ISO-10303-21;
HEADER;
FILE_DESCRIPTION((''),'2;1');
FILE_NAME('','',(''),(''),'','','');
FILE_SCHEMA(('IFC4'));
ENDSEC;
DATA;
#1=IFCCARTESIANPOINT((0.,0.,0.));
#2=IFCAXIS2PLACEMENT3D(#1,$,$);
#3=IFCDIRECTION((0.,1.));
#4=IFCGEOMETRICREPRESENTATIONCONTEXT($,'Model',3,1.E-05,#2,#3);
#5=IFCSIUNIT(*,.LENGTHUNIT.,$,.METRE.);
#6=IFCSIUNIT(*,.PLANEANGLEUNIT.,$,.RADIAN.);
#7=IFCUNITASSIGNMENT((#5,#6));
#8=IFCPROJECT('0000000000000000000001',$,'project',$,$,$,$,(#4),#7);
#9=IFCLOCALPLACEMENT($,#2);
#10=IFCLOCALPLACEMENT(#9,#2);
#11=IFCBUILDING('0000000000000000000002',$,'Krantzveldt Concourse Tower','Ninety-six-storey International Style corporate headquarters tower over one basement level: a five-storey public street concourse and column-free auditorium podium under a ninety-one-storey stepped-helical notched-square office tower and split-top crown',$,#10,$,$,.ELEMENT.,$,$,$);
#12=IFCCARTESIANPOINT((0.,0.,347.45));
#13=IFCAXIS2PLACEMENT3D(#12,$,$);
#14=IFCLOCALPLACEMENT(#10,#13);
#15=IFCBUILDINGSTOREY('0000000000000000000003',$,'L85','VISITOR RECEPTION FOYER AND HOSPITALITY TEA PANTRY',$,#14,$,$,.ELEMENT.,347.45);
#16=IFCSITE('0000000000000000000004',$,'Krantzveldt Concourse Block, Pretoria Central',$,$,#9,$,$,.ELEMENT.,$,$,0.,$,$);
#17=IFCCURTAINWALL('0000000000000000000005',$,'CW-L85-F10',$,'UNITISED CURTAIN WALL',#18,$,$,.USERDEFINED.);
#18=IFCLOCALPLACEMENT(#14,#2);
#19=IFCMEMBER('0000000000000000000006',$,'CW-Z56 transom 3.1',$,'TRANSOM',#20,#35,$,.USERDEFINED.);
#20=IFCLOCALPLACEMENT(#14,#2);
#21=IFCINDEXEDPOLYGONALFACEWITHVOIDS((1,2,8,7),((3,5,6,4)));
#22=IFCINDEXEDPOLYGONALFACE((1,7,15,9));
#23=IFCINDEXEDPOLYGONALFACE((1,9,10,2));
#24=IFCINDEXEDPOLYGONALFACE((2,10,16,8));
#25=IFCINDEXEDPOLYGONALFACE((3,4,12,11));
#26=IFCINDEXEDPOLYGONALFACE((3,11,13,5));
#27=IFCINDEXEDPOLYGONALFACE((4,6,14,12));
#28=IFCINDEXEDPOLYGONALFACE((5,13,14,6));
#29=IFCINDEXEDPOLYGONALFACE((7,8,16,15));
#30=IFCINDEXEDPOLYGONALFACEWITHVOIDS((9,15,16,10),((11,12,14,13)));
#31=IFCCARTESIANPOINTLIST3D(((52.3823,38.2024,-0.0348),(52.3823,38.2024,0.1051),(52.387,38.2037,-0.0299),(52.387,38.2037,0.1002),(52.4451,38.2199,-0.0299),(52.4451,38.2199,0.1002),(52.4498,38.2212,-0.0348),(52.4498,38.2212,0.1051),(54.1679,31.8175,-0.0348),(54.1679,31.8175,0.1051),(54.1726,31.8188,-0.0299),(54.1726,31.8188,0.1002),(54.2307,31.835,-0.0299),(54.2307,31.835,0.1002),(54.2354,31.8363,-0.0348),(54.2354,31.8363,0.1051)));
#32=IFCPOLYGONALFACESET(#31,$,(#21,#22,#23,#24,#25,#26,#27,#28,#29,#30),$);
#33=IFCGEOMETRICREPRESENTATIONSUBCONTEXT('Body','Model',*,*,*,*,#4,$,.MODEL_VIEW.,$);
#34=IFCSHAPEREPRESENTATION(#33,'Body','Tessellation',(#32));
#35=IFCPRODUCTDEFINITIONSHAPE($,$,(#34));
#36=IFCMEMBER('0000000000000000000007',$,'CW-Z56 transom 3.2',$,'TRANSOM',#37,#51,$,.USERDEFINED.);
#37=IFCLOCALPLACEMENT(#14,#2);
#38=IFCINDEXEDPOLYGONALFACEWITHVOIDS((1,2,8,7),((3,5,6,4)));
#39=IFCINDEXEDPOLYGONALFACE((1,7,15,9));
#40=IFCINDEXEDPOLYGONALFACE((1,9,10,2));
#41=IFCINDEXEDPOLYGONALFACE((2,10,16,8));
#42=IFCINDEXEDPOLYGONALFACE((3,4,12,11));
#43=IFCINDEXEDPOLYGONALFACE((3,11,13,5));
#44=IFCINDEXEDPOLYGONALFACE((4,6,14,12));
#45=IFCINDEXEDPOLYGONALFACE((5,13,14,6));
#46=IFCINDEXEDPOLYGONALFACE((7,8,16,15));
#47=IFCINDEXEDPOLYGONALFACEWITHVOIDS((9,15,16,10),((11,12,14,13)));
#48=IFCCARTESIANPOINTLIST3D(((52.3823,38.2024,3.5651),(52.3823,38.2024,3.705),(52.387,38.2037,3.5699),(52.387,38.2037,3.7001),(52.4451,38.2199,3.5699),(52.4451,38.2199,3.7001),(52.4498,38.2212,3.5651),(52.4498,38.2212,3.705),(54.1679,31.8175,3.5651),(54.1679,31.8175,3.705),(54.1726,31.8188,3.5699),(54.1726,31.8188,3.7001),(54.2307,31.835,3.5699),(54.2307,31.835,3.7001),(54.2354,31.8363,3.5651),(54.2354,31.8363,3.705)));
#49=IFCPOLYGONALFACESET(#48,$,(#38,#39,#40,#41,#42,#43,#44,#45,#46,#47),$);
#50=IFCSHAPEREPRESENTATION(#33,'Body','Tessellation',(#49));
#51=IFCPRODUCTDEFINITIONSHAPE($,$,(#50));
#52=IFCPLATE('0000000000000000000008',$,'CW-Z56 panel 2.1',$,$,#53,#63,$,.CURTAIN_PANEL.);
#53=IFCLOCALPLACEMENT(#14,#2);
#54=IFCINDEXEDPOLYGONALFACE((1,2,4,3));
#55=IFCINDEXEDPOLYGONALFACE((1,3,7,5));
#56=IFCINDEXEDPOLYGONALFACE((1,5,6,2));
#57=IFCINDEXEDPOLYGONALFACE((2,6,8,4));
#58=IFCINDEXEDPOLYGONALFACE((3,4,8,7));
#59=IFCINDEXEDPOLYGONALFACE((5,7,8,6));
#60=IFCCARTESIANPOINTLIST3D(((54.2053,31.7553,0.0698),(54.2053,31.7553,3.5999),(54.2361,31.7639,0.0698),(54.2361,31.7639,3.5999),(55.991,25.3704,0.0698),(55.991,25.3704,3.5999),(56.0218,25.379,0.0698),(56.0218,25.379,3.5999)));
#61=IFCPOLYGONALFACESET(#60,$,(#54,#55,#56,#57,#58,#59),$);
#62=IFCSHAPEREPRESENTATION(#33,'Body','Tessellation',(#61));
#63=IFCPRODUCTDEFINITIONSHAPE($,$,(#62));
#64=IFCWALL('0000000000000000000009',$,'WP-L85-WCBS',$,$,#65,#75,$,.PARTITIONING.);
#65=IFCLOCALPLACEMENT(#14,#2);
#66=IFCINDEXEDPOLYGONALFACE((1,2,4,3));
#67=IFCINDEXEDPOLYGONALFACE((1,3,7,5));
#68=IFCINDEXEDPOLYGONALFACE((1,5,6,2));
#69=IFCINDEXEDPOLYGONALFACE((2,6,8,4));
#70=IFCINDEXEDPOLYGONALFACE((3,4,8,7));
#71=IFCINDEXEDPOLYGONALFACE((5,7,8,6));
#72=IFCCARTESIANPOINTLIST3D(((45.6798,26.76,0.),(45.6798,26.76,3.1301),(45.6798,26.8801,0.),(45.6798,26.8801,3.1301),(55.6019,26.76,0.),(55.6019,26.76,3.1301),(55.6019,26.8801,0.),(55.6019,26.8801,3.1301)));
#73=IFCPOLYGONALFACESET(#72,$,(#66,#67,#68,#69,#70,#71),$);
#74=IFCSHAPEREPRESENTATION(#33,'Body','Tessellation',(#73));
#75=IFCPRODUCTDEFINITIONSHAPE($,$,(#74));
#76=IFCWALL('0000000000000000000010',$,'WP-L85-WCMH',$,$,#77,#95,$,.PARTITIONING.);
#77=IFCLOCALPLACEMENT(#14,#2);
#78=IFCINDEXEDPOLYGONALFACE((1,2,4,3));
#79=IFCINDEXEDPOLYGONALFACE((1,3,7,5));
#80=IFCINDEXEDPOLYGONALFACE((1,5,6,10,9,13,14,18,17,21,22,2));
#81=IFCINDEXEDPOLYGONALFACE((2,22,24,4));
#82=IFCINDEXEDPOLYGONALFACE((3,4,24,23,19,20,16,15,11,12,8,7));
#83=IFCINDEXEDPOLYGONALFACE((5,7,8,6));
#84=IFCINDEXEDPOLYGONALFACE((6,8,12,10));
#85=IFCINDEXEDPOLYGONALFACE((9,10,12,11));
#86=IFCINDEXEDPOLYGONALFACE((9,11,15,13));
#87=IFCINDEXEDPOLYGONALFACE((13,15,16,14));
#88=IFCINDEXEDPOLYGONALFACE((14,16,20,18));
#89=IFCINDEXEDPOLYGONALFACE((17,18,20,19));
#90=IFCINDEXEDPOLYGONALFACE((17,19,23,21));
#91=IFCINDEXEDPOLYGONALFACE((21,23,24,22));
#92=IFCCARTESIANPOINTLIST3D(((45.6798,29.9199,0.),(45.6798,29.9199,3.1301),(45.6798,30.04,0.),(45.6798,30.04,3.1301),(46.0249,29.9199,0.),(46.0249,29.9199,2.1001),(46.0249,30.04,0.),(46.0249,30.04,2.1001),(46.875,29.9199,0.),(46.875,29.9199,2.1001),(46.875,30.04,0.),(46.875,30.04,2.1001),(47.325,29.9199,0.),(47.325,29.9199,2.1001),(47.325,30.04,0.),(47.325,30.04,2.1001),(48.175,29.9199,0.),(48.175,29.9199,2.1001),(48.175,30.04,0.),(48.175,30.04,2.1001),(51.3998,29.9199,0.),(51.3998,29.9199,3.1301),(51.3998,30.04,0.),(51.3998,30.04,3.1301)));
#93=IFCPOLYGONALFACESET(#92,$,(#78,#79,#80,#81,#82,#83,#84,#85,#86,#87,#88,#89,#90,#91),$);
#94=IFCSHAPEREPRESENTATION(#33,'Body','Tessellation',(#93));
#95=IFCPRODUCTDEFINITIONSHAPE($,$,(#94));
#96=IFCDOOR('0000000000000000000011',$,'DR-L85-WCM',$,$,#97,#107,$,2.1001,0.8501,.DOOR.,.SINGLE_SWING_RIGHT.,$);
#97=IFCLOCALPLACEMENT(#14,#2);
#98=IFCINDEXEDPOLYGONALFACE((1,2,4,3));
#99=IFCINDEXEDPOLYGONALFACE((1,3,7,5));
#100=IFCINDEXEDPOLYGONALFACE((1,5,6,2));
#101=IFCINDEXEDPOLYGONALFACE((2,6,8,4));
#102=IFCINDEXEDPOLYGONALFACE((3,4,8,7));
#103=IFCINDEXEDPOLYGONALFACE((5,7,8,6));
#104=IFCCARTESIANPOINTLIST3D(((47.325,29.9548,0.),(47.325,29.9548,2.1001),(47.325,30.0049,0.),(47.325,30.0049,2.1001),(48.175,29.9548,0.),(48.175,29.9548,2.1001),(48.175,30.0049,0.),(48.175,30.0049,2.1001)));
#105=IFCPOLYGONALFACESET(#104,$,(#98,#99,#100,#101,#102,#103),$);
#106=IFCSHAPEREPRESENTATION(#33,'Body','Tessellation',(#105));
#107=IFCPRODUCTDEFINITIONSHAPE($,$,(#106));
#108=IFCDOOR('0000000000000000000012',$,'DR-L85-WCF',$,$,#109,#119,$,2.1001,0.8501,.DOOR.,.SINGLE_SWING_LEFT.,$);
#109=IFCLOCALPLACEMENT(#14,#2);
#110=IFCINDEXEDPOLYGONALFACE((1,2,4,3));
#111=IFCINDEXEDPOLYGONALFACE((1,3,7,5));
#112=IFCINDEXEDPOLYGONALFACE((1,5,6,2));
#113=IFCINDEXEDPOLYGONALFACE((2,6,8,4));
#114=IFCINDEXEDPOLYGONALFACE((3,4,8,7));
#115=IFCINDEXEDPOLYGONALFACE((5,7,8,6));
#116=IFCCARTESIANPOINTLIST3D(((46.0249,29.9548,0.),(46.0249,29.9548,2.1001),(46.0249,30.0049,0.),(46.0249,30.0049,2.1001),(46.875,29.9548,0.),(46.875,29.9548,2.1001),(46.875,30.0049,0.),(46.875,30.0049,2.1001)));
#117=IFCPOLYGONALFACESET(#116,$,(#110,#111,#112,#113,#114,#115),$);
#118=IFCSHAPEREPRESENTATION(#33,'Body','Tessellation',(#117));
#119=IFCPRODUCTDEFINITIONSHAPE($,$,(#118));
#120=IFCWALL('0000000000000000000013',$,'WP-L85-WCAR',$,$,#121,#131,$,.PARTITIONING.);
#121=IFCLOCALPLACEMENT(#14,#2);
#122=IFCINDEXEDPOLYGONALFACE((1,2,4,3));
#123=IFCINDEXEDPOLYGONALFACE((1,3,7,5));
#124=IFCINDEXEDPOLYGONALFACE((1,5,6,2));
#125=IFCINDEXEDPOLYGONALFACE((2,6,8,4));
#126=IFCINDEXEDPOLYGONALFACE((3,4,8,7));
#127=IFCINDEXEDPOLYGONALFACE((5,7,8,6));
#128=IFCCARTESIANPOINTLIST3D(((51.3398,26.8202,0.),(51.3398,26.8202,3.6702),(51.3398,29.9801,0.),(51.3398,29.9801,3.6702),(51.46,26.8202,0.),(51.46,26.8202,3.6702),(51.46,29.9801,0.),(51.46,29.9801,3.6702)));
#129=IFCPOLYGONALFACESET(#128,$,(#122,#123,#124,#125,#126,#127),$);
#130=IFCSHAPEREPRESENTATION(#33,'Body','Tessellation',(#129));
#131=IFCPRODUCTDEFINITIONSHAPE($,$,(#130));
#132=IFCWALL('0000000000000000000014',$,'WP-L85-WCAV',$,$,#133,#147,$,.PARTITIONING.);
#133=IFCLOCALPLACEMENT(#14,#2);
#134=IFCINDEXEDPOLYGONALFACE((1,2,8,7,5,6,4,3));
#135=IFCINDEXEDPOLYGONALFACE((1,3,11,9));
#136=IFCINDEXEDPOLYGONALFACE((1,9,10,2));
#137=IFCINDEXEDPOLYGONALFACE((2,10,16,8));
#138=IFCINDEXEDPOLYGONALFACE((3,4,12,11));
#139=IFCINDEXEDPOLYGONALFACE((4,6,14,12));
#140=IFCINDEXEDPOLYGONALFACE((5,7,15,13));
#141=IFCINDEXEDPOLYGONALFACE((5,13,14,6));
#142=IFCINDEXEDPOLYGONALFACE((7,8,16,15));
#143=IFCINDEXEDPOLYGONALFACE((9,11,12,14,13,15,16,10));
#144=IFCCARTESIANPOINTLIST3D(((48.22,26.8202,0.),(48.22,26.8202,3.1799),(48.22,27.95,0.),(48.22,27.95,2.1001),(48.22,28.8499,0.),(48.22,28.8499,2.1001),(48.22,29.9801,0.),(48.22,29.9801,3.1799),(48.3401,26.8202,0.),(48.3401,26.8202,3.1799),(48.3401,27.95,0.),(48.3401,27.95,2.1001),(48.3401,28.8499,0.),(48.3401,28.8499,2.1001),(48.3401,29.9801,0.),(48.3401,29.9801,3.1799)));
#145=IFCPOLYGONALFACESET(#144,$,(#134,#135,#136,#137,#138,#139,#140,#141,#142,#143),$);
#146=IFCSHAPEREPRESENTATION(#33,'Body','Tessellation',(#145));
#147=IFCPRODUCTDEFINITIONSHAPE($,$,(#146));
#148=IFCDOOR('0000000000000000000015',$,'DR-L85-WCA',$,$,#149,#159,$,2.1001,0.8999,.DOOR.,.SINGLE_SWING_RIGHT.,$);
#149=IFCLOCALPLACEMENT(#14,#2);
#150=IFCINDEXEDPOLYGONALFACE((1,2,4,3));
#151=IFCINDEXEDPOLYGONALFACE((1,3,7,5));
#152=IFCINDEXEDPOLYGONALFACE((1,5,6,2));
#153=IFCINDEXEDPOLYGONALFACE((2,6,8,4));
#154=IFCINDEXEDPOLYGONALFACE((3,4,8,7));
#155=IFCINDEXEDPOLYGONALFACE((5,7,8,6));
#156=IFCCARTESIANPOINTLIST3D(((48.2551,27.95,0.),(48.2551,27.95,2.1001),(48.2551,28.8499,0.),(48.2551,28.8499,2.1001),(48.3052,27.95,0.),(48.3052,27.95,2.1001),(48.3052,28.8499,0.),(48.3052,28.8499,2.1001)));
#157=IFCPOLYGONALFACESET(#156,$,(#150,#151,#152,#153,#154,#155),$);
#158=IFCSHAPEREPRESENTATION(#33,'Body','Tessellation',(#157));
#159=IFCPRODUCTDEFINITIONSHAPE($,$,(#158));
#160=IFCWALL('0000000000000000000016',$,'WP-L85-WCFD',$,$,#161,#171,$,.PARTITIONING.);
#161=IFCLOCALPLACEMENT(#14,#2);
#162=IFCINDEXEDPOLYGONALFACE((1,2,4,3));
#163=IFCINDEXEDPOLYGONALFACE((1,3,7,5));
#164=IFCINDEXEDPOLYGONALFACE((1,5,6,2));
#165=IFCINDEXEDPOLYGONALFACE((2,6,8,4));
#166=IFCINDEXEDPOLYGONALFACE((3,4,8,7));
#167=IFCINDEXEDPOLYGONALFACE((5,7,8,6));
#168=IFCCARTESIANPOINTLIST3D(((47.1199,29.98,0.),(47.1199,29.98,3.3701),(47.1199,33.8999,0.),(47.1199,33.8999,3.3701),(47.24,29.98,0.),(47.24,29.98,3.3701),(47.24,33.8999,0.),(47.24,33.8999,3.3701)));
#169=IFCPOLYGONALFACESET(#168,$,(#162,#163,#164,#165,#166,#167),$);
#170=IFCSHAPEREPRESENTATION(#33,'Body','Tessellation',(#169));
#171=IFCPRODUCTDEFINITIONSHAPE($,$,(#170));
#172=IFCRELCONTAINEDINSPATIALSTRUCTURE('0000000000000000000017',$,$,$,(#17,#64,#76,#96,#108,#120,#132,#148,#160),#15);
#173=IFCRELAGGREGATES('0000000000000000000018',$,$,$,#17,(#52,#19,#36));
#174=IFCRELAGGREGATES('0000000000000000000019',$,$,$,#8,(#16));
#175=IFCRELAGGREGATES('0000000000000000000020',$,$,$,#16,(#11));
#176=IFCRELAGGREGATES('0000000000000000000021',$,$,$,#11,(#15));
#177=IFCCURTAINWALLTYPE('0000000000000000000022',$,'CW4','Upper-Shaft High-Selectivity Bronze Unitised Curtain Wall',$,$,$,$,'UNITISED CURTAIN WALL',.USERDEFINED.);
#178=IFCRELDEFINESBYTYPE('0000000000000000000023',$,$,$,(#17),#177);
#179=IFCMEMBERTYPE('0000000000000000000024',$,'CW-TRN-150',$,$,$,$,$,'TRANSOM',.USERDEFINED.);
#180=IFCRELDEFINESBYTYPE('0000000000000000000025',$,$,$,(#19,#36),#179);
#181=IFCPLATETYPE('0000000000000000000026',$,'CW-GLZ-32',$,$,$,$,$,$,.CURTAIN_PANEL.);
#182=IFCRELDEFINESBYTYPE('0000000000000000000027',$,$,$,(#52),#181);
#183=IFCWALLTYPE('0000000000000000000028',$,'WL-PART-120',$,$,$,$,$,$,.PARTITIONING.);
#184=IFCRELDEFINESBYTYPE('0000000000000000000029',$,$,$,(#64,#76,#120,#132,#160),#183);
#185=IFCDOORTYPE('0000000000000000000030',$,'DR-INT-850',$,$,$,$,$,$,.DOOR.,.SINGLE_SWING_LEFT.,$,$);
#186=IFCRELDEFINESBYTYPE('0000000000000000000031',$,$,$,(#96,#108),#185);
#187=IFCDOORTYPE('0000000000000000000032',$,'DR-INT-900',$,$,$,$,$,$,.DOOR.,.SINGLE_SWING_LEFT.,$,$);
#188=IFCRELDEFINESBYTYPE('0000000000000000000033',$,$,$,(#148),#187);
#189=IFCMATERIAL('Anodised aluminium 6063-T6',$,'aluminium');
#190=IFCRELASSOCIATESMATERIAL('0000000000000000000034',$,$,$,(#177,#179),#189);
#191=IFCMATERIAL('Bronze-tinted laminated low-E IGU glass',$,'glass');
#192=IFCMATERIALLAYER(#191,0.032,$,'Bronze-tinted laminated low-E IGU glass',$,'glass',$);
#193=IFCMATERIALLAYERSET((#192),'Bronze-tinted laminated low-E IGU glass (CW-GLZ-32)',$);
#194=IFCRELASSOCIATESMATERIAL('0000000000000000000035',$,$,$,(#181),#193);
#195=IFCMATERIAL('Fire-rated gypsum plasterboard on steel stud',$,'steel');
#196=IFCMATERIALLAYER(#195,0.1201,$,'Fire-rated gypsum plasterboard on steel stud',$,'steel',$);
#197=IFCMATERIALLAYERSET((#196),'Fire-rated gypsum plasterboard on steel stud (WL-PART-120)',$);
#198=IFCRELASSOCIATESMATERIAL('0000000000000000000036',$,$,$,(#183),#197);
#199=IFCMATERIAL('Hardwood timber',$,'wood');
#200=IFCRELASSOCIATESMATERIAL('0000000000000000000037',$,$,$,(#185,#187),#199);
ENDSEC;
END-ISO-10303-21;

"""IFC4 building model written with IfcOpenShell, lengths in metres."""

from ifc_helpers import new_model, si_unit, direction, frame, frame_2d, origin, origin_2d, place, context, subcontext, project, spatial, rectangle, hollow_rectangle, extrude, source, transform, mapped, material, layer, layer_set, material_profile, profile_set, type_object, type_shapes, element, fill, aggregate, save


model = new_model("IFC4")

# Units and contexts
model_context = context("Model", 3, precision=1e-05, world=origin(), true_north=direction((0.0, 1.0)))
body_context = subcontext(model_context, "Body", "Model", "MODEL_VIEW")
ifc_project = project(units=[si_unit("LENGTHUNIT", "METRE"), si_unit("PLANEANGLEUNIT", "RADIAN")], contexts=[model_context])

# Site, building, storey
site_placement = place(None, origin())
site = spatial("IfcSite", under=ifc_project, at=site_placement, Name="Krantzveldt Concourse Block, Pretoria Central", CompositionType="ELEMENT", RefElevation=0.0)
building_placement = place(site_placement, origin())
building = spatial("IfcBuilding", under=site, at=building_placement, Name="Krantzveldt Concourse Tower", Description="Ninety-six-storey International Style corporate headquarters tower over one basement level: a five-storey public street concourse and column-free auditorium podium under a ninety-one-storey stepped-helical notched-square office tower and split-top crown", CompositionType="ELEMENT")
storey_placement = place(building_placement, frame((0.0, 0.0, 347.45)))
storey = spatial("IfcBuildingStorey", under=building, at=storey_placement, Name="L85", Description="VISITOR RECEPTION FOYER AND HOSPITALITY TEA PANTRY", CompositionType="ELEMENT", Elevation=347.45)

# Curtain wall, members, plate
ifc_material_1 = material(Name="Anodised aluminium 6063-T6", Category="aluminium")
curtain_wall_type = type_object("IfcCurtainWallType", Name="CW4", Description="Upper-Shaft High-Selectivity Bronze Unitised Curtain Wall", ElementType="UNITISED CURTAIN WALL", PredefinedType="USERDEFINED", material=ifc_material_1)
curtain_wall_placement = place(storey_placement, origin())
curtain_wall = element("IfcCurtainWall", 1, at=curtain_wall_placement, inside=storey, type_object=curtain_wall_type, Name="CW-L85-F10", ObjectType="UNITISED CURTAIN WALL", PredefinedType="USERDEFINED")
ifc_material_profile_1 = material_profile(ifc_material_1, hollow_rectangle(XDim=0.0701, YDim=0.1399, WallThickness=0.0049, at=origin_2d()), Name="Anodised aluminium 6063-T6", Category="aluminium")
ifc_profile_set_1 = profile_set([ifc_material_profile_1], Name="Anodised aluminium 6063-T6 - ALU-TRAN 140x70x5")
member_type_1 = type_object("IfcMemberType", Name="CW-TRN-150", ElementType="TRANSOM", PredefinedType="USERDEFINED", material=ifc_profile_set_1)
shared_shape_1 = source(origin(), body_context, "Body", "SweptSolid", [
    extrude(hollow_rectangle(XDim=0.0701, YDim=0.1399, WallThickness=0.0049, at=origin_2d()), origin(), (0.0, 0.0, 1.0), 6.6299),
])
type_shapes(member_type_1, [shared_shape_1])
member_1_placement = place(storey_placement, frame((54.2017, 31.8269, 0.0352), z_axis=(-0.269328, 0.963048, 0.0), x_axis=(-0.963048, -0.269328, 0.0)))
member_1 = element("IfcMember", 2, at=member_1_placement, type_object=member_type_1, Name="CW-Z56 transom 3.1", ObjectType="TRANSOM", PredefinedType="USERDEFINED", context=body_context, shape_type="MappedRepresentation", body=[
    mapped(shared_shape_1, transform((0.0, 0.0, 0.0), x_axis=(1.0, 0.0, 0.0), y_axis=(0.0, 1.0, 0.0), z_axis=(0.0, 0.0, 1.0), scale=1.0)),
])
member_2_placement = place(storey_placement, frame((54.2017, 31.8269, 3.635), z_axis=(-0.269328, 0.963048, 0.0), x_axis=(-0.963048, -0.269328, 0.0)))
member_2 = element("IfcMember", 3, at=member_2_placement, type_object=member_type_1, Name="CW-Z56 transom 3.2", ObjectType="TRANSOM", PredefinedType="USERDEFINED", context=body_context, shape_type="MappedRepresentation", body=[
    mapped(shared_shape_1, transform((0.0, 0.0, 0.0), x_axis=(1.0, 0.0, 0.0), y_axis=(0.0, 1.0, 0.0), z_axis=(0.0, 0.0, 1.0), scale=1.0)),
])
ifc_material_2 = material(Name="Bronze-tinted laminated low-E IGU glass", Category="glass")
ifc_layer_1 = layer(ifc_material_2, 0.032, Name="Bronze-tinted laminated low-E IGU glass", Category="glass")
ifc_layer_set_1 = layer_set([ifc_layer_1], Name="Bronze-tinted laminated low-E IGU glass (CW-GLZ-32)")
plate_type = type_object("IfcPlateType", Name="CW-GLZ-32", PredefinedType="CURTAIN_PANEL", material=ifc_layer_set_1)
shared_shape_2 = source(origin(), body_context, "Body", "SweptSolid", [
    extrude(rectangle(XDim=6.6299, YDim=0.032, at=origin_2d()), origin(), (0.0, 0.0, 1.0), 3.53),
])
type_shapes(plate_type, [shared_shape_2])
plate_placement = place(storey_placement, frame((55.1135, 28.5671, 0.0698), z_axis=(0.0, 0.0, 1.0), x_axis=(-0.26934, 0.963045, 0.0)))
plate = element("IfcPlate", 4, at=plate_placement, type_object=plate_type, Name="CW-Z56 panel 2.1", PredefinedType="CURTAIN_PANEL", context=body_context, shape_type="MappedRepresentation", body=[
    mapped(shared_shape_2, transform((0.0, 0.0, 0.0), x_axis=(1.0, 0.0, 0.0), y_axis=(0.0, 1.0, 0.0), z_axis=(0.0, 0.0, 1.0), scale=1.0)),
])
aggregate(curtain_wall, [plate, member_1, member_2])

# Wall
ifc_material_3 = material(Name="Fire-rated gypsum plasterboard on steel stud", Category="steel")
ifc_layer_2 = layer(ifc_material_3, 0.1201, Name="Fire-rated gypsum plasterboard on steel stud", Category="steel")
ifc_layer_set_2 = layer_set([ifc_layer_2], Name="Fire-rated gypsum plasterboard on steel stud (WL-PART-120)")
wall_type_1 = type_object("IfcWallType", Name="WL-PART-120", PredefinedType="PARTITIONING", material=ifc_layer_set_2)
wall_1_placement = place(storey_placement, frame((45.6799, 26.8201, 0.0), z_axis=(0.0, 0.0, 1.0), x_axis=(1.0, 0.0, 0.0)))
element("IfcWall", 5, at=wall_1_placement, inside=storey, type_object=wall_type_1, Name="WP-L85-WCBS", PredefinedType="PARTITIONING", context=body_context, shape_type="SweptSolid", body=[
    extrude(rectangle(XDim=9.9221, YDim=0.1201, at=frame_2d((4.9609, 0.0))), origin(), (0.0, 0.0, 1.0), 3.1301),
])

# Wall, openings, doors
wall_2_placement = place(storey_placement, frame((45.6799, 29.98, 0.0), z_axis=(0.0, 0.0, 1.0), x_axis=(1.0, 0.0, 0.0)))
wall_2 = element("IfcWall", 6, at=wall_2_placement, inside=storey, type_object=wall_type_1, Name="WP-L85-WCMH", PredefinedType="PARTITIONING", context=body_context, shape_type="SweptSolid", body=[
    extrude(rectangle(XDim=5.72, YDim=0.1201, at=frame_2d((2.8599, 0.0))), origin(), (0.0, 0.0, 1.0), 3.1301),
])
opening_1_placement = place(wall_2_placement, frame((1.645, 0.0, 0.0)))
opening_1 = element("IfcOpeningElement", 7, at=opening_1_placement, cuts=wall_2, PredefinedType="OPENING", context=body_context, shape_type="SweptSolid", body=[
    extrude(rectangle(XDim=0.8501, YDim=2.1001, at=frame_2d((0.425, 1.05))), frame((0.0, 0.0701, 0.0), z_axis=(0.0, -1.0, 0.0), x_axis=(1.0, 0.0, 0.0)), (0.0, 0.0, 1.0), 0.1401),
])
opening_2_placement = place(wall_2_placement, frame((0.345, 0.0, 0.0)))
opening_2 = element("IfcOpeningElement", 8, at=opening_2_placement, cuts=wall_2, PredefinedType="OPENING", context=body_context, shape_type="SweptSolid", body=[
    extrude(rectangle(XDim=0.8501, YDim=2.1001, at=frame_2d((0.425, 1.05))), frame((0.0, 0.0701, 0.0), z_axis=(0.0, -1.0, 0.0), x_axis=(1.0, 0.0, 0.0)), (0.0, 0.0, 1.0), 0.1401),
])
ifc_material_4 = material(Name="Hardwood timber", Category="wood")
door_type_1 = type_object("IfcDoorType", Name="DR-INT-850", OperationType="SINGLE_SWING_LEFT", PredefinedType="DOOR", material=ifc_material_4)
door_1_placement = place(opening_1_placement, origin())
door_1 = element("IfcDoor", 9, at=door_1_placement, inside=storey, type_object=door_type_1, Name="DR-L85-WCM", OperationType="SINGLE_SWING_RIGHT", OverallHeight=2.1001, OverallWidth=0.8501, PredefinedType="DOOR", context=body_context, shape_type="SweptSolid", body=[
    extrude(rectangle(XDim=0.8501, YDim=2.1001, at=frame_2d((0.425, 1.05))), frame((0.0, 0.0249, 0.0), z_axis=(0.0, -1.0, 0.0), x_axis=(1.0, 0.0, 0.0)), (0.0, 0.0, 1.0), 0.05),
])
fill(opening_1, door_1)
door_2_placement = place(opening_2_placement, origin())
door_2 = element("IfcDoor", 10, at=door_2_placement, inside=storey, type_object=door_type_1, Name="DR-L85-WCF", OperationType="SINGLE_SWING_LEFT", OverallHeight=2.1001, OverallWidth=0.8501, PredefinedType="DOOR", context=body_context, shape_type="SweptSolid", body=[
    extrude(rectangle(XDim=0.8501, YDim=2.1001, at=frame_2d((0.425, 1.05))), frame((0.0, 0.0249, 0.0), z_axis=(0.0, -1.0, 0.0), x_axis=(1.0, 0.0, 0.0)), (0.0, 0.0, 1.0), 0.05),
])
fill(opening_2, door_2)

# Wall
wall_3_placement = place(storey_placement, frame((51.3999, 26.8201, 0.0), z_axis=(0.0, 0.0, 1.0), x_axis=(0.0, 1.0, 0.0)))
element("IfcWall", 11, at=wall_3_placement, inside=storey, type_object=wall_type_1, Name="WP-L85-WCAR", PredefinedType="PARTITIONING", context=body_context, shape_type="SweptSolid", body=[
    extrude(rectangle(XDim=3.1599, YDim=0.1201, at=frame_2d((1.5801, 0.0))), origin(), (0.0, 0.0, 1.0), 3.6702),
])

# Wall, opening, door
wall_4_placement = place(storey_placement, frame((48.28, 26.8201, 0.0), z_axis=(0.0, 0.0, 1.0), x_axis=(0.0, 1.0, 0.0)))
wall_4 = element("IfcWall", 12, at=wall_4_placement, inside=storey, type_object=wall_type_1, Name="WP-L85-WCAV", PredefinedType="PARTITIONING", context=body_context, shape_type="SweptSolid", body=[
    extrude(rectangle(XDim=3.1599, YDim=0.1201, at=frame_2d((1.5801, 0.0))), origin(), (0.0, 0.0, 1.0), 3.1799),
])
opening_3_placement = place(wall_4_placement, frame((1.1299, 0.0, 0.0)))
opening_3 = element("IfcOpeningElement", 13, at=opening_3_placement, cuts=wall_4, PredefinedType="OPENING", context=body_context, shape_type="SweptSolid", body=[
    extrude(rectangle(XDim=0.8999, YDim=2.1001, at=frame_2d((0.45, 1.05))), frame((0.0, 0.0701, 0.0), z_axis=(0.0, -1.0, 0.0), x_axis=(1.0, 0.0, 0.0)), (0.0, 0.0, 1.0), 0.1401),
])
door_type_2 = type_object("IfcDoorType", Name="DR-INT-900", OperationType="SINGLE_SWING_LEFT", PredefinedType="DOOR", material=ifc_material_4)
door_3_placement = place(opening_3_placement, origin())
door_3 = element("IfcDoor", 14, at=door_3_placement, inside=storey, type_object=door_type_2, Name="DR-L85-WCA", OperationType="SINGLE_SWING_RIGHT", OverallHeight=2.1001, OverallWidth=0.8999, PredefinedType="DOOR", context=body_context, shape_type="SweptSolid", body=[
    extrude(rectangle(XDim=0.8999, YDim=2.1001, at=frame_2d((0.45, 1.05))), frame((0.0, 0.0249, 0.0), z_axis=(0.0, -1.0, 0.0), x_axis=(1.0, 0.0, 0.0)), (0.0, 0.0, 1.0), 0.05),
])
fill(opening_3, door_3)

# Wall
wall_5_placement = place(storey_placement, frame((47.1799, 29.98, 0.0), z_axis=(0.0, 0.0, 1.0), x_axis=(0.0, 1.0, 0.0)))
element("IfcWall", 15, at=wall_5_placement, inside=storey, type_object=wall_type_1, Name="WP-L85-WCFD", PredefinedType="PARTITIONING", context=body_context, shape_type="SweptSolid", body=[
    extrude(rectangle(XDim=3.9199, YDim=0.1201, at=frame_2d((1.96, 0.0))), origin(), (0.0, 0.0, 1.0), 3.3701),
])

save(model, "model.ifc")
